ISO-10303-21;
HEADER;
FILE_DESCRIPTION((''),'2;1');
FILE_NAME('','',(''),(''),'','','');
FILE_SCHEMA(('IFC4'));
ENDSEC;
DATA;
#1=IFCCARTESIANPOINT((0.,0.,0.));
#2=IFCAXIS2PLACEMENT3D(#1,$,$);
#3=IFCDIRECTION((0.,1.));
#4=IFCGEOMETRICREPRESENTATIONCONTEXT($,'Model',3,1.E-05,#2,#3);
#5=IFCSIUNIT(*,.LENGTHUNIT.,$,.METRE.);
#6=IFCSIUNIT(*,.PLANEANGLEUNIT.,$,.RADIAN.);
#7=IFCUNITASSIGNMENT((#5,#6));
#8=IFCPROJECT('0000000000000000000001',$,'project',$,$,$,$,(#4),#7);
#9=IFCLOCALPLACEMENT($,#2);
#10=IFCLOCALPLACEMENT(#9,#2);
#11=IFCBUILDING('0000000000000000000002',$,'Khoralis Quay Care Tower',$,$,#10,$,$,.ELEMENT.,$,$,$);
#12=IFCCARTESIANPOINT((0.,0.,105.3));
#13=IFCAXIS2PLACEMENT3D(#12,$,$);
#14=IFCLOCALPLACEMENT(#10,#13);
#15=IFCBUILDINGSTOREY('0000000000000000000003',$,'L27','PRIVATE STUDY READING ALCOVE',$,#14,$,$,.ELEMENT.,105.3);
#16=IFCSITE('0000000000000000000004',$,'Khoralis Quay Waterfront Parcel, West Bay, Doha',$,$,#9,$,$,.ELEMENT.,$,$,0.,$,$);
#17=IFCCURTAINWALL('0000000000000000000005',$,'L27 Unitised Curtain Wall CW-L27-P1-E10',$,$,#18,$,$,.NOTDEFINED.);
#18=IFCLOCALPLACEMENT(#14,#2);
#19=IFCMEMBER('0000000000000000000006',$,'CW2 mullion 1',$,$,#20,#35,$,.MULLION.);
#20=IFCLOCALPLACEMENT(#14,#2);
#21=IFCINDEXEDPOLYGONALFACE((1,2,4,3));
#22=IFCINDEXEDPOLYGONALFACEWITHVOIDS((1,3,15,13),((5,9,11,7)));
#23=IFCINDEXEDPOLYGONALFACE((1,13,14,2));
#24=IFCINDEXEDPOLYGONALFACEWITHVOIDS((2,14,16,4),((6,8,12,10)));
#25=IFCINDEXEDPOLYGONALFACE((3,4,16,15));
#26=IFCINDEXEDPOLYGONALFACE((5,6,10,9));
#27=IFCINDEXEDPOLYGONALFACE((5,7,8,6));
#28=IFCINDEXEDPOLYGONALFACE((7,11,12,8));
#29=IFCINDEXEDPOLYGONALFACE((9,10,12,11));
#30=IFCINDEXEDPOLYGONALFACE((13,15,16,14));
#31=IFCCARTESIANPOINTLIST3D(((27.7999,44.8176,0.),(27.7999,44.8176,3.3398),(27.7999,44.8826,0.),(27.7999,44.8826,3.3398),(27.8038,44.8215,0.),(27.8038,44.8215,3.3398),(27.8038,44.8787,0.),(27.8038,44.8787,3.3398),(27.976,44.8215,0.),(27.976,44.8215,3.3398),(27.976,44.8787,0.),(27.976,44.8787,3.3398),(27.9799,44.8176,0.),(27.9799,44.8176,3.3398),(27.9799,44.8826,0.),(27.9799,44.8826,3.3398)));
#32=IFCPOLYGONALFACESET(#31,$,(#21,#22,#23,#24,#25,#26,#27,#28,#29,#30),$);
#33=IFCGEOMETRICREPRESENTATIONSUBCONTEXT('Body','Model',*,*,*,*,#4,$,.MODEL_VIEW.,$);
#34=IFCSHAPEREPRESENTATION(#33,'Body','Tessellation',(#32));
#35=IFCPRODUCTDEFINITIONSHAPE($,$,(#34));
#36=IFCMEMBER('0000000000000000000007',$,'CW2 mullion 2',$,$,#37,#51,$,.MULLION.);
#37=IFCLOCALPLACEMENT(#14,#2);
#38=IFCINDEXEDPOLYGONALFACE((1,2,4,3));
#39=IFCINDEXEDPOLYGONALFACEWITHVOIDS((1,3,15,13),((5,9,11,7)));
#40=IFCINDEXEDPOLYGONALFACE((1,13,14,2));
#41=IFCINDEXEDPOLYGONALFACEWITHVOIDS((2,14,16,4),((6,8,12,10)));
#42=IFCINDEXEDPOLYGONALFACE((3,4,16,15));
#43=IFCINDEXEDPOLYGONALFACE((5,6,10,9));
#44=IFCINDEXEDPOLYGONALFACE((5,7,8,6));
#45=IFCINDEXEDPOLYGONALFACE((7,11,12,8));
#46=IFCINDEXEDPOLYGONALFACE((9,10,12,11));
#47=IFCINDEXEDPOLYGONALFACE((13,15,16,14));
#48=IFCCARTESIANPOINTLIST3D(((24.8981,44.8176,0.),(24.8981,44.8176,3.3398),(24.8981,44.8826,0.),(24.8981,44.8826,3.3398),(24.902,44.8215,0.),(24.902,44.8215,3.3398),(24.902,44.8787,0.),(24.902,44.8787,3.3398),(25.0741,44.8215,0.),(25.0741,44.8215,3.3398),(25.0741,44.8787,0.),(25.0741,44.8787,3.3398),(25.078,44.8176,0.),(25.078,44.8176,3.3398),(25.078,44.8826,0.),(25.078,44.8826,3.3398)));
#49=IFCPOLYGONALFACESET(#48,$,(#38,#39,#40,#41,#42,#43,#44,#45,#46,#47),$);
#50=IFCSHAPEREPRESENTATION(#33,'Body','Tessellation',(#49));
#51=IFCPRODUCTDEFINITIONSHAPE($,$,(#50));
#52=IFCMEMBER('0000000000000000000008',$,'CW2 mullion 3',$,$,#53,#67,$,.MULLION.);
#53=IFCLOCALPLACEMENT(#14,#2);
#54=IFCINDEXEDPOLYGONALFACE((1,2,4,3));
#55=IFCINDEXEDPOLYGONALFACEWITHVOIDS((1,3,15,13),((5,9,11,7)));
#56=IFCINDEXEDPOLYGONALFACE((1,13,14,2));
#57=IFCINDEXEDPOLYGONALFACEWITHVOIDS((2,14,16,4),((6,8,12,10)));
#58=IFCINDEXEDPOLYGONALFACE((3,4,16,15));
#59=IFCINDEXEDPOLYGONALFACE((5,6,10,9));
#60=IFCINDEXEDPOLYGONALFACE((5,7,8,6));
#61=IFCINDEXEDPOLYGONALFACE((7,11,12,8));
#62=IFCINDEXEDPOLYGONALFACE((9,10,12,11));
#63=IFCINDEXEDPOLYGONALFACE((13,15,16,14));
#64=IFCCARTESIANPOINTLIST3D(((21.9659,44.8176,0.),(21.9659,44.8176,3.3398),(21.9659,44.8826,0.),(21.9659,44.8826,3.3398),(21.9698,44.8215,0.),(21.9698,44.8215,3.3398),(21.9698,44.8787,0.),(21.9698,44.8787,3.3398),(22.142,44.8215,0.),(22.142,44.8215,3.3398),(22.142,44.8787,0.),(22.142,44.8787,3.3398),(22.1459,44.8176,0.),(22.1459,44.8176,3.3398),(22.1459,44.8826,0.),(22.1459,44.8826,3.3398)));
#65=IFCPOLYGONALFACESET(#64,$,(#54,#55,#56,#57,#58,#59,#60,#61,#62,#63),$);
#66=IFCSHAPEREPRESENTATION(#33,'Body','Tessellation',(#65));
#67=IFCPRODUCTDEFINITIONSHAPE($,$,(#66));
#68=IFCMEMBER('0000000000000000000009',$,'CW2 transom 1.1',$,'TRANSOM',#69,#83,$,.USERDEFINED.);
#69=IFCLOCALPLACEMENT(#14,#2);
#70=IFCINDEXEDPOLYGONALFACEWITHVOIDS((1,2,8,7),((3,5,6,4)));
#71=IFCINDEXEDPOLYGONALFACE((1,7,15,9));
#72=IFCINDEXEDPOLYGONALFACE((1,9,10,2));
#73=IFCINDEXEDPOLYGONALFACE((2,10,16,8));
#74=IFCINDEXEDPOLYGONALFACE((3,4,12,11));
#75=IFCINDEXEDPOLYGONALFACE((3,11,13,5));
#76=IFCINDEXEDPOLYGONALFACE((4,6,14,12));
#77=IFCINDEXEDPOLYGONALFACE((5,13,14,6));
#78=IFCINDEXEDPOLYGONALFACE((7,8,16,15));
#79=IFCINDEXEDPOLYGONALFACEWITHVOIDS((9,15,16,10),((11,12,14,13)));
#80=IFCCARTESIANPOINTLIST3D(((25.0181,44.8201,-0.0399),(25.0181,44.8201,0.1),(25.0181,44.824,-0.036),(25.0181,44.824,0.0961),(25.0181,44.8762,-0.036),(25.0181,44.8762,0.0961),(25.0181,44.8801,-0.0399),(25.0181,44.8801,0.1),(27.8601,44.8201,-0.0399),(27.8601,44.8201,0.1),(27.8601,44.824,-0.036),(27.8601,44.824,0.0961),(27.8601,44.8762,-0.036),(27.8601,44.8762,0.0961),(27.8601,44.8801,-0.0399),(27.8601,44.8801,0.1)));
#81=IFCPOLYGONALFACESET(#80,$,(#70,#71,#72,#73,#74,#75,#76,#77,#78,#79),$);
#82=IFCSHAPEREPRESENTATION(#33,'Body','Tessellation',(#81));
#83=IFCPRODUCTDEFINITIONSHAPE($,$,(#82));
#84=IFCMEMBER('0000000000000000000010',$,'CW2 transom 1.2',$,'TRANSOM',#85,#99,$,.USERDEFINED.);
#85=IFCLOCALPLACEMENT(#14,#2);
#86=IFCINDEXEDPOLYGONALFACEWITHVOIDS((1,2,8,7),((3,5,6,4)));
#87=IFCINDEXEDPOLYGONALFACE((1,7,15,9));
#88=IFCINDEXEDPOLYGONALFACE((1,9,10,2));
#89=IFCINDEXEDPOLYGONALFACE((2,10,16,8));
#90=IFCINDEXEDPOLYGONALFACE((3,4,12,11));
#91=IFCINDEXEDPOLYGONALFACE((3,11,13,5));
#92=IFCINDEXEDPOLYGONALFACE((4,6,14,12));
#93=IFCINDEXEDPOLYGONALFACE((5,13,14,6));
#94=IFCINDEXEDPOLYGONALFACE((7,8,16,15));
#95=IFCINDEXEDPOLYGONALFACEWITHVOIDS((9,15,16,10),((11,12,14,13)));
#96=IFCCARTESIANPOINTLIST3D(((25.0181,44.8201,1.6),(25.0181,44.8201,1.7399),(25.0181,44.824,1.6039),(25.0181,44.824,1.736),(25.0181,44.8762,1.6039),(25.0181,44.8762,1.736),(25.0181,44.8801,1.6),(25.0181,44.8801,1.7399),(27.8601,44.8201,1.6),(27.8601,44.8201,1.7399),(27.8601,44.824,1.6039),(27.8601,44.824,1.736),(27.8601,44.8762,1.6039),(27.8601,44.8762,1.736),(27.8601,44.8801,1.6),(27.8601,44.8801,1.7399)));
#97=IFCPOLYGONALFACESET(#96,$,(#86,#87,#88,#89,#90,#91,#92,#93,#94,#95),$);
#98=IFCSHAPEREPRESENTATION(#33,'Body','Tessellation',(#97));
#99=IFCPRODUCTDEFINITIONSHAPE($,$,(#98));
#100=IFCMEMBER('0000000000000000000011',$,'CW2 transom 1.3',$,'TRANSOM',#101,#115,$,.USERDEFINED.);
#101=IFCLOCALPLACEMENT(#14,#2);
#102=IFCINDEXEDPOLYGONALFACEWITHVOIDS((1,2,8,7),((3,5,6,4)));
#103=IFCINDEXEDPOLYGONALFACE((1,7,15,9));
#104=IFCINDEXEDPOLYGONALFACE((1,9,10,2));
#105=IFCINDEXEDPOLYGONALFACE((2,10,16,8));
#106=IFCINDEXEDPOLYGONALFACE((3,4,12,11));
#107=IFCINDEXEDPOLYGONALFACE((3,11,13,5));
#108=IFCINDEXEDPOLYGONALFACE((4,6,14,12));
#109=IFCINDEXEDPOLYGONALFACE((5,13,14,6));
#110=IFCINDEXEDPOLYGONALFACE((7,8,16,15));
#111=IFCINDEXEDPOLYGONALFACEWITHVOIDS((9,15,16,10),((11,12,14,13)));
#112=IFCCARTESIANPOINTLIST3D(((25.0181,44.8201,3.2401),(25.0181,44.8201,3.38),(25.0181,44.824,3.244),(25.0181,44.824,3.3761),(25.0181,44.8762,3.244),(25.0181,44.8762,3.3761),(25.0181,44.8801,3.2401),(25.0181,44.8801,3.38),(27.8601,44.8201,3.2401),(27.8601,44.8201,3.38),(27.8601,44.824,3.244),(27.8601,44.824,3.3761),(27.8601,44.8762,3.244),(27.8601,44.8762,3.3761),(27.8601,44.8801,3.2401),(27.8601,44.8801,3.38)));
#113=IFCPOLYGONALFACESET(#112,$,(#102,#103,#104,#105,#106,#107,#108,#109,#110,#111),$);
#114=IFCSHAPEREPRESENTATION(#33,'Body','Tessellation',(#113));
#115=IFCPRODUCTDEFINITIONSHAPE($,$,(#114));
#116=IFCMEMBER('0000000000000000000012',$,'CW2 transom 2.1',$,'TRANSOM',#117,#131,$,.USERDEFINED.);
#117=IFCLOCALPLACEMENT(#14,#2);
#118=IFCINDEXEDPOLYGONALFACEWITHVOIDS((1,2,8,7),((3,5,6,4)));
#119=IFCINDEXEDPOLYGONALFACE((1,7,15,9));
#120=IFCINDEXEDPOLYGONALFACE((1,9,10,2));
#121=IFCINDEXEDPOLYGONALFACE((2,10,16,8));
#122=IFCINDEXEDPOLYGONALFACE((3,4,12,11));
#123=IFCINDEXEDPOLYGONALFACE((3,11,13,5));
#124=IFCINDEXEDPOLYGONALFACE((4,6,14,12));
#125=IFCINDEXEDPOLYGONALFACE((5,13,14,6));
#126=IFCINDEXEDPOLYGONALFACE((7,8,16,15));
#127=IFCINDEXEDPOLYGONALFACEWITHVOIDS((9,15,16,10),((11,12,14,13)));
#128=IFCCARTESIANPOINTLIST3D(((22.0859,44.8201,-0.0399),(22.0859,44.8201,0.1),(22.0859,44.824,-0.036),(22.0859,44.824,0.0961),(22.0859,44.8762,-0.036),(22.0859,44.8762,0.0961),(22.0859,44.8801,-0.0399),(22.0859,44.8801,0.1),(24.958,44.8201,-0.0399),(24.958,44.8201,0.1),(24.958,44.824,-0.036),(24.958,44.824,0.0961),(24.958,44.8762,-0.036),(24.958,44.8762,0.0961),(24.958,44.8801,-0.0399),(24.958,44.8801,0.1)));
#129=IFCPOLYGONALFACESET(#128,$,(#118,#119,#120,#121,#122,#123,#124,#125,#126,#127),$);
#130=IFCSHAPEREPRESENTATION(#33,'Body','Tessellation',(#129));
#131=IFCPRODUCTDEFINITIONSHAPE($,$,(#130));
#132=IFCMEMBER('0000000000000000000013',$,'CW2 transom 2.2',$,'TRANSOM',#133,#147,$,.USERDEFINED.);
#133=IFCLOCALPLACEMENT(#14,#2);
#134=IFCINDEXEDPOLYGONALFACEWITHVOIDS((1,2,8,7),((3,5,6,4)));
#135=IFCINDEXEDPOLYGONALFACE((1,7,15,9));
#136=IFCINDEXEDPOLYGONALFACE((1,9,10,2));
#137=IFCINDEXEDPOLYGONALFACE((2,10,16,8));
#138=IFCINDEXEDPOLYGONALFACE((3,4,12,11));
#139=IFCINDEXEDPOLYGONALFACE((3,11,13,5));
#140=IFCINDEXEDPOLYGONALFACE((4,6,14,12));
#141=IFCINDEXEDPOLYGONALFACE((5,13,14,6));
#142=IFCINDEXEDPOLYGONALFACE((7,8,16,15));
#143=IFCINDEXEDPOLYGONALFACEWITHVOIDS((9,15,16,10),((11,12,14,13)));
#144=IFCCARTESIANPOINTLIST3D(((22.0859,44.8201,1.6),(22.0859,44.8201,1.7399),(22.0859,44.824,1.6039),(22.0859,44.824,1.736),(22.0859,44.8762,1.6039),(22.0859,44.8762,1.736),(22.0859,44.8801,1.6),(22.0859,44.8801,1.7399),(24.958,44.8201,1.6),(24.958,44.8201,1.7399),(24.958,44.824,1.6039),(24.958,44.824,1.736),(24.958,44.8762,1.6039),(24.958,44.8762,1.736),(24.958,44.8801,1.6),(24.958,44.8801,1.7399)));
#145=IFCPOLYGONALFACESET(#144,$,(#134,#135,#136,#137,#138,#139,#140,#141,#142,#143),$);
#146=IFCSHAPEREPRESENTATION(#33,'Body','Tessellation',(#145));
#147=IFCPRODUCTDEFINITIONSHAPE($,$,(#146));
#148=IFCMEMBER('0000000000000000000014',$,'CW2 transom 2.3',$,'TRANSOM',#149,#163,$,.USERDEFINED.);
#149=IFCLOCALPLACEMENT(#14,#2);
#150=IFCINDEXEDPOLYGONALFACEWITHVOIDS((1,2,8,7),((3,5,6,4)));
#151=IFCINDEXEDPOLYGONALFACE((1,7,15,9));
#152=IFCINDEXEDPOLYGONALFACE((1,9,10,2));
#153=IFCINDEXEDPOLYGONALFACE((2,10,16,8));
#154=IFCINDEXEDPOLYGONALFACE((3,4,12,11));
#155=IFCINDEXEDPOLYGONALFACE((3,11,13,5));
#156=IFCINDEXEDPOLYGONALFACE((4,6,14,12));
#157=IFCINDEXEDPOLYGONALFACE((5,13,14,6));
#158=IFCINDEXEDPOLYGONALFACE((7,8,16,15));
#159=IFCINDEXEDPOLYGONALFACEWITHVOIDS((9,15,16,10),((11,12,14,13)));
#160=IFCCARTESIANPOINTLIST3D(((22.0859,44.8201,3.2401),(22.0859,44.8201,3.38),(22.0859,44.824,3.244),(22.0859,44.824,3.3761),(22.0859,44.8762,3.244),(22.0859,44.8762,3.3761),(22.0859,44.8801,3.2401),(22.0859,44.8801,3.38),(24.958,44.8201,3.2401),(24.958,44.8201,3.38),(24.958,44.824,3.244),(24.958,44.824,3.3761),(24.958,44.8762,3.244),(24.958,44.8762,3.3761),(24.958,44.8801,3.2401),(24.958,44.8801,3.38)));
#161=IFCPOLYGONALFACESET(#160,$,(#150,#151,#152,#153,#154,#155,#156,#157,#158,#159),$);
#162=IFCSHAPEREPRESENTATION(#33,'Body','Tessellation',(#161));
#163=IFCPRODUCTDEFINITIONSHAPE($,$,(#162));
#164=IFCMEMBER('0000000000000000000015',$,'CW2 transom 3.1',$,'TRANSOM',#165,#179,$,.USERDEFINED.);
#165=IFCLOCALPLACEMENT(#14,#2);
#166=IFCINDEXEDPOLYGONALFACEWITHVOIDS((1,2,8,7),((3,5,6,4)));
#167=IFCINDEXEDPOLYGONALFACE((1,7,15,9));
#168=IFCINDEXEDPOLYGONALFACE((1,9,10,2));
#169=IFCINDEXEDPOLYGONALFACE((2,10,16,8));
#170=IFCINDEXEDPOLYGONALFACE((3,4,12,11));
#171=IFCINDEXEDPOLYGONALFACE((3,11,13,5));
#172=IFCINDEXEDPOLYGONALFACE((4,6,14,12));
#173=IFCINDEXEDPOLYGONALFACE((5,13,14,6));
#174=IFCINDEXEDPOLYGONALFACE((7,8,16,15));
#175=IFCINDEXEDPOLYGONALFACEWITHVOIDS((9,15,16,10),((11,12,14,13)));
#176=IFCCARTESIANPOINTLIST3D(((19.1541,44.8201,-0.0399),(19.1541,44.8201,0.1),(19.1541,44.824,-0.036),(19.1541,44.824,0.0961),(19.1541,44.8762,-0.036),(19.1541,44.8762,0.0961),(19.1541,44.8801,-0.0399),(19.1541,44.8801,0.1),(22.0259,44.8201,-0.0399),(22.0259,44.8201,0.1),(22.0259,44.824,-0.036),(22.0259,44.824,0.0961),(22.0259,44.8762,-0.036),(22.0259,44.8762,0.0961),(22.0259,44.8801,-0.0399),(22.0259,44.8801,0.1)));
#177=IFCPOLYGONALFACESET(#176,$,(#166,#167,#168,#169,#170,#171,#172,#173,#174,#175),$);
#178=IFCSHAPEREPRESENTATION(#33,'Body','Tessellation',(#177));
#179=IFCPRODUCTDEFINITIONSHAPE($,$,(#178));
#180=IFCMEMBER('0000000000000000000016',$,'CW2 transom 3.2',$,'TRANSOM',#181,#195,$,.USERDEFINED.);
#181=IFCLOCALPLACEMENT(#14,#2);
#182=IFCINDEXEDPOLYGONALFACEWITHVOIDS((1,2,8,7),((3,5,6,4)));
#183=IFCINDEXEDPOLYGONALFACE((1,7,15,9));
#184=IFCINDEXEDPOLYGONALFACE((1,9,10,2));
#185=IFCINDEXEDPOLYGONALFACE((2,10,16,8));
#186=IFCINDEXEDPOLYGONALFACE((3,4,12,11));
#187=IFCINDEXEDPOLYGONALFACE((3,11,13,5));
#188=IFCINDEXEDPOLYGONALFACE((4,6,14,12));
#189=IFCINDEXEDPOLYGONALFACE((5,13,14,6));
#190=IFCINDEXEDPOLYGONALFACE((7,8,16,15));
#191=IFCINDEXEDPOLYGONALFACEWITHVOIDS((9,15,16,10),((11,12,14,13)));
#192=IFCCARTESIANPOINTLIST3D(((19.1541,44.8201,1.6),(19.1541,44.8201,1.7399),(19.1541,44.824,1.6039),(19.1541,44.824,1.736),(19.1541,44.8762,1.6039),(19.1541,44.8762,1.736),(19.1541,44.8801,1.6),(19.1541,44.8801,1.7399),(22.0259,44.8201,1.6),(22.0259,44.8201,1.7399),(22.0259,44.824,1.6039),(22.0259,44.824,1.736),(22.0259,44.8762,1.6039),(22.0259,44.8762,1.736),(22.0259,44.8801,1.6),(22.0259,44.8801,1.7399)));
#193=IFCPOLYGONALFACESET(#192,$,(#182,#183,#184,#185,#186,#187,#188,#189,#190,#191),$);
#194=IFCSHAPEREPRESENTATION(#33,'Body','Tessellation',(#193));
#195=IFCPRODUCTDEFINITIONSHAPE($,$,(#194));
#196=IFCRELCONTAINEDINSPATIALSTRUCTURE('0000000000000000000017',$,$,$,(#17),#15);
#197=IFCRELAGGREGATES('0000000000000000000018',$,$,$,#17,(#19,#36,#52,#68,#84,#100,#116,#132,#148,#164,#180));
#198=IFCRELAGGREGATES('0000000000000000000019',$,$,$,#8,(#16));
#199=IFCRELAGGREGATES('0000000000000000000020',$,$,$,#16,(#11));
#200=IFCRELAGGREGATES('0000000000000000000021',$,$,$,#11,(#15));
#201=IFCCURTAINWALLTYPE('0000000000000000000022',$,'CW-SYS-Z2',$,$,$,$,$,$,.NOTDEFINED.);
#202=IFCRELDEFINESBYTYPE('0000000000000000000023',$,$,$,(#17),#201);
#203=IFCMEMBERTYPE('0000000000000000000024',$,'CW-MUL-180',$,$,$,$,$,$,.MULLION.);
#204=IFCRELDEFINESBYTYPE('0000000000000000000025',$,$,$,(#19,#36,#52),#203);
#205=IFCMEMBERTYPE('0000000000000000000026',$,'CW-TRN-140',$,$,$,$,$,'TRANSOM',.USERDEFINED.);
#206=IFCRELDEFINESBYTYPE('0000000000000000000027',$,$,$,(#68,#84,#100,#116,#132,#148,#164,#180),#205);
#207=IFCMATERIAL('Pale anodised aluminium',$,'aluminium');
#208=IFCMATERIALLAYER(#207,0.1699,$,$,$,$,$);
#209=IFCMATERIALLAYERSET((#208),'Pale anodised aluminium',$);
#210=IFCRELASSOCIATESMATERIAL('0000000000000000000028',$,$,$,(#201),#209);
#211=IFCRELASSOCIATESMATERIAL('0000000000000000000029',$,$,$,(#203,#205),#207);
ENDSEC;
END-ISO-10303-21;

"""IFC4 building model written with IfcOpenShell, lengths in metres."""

from ifc_helpers import new_model, si_unit, direction, frame, origin, origin_2d, place, context, subcontext, project, spatial, hollow_rectangle, extrude, source, transform, mapped, material, layer, layer_set, material_profile, profile_set, type_object, element, aggregate, save


model = new_model("IFC4")

# Units and contexts
model_context = context("Model", 3, precision=1e-05, world=origin(), true_north=direction((0.0, 1.0)))
body_context = subcontext(model_context, "Body", "Model", "MODEL_VIEW")
ifc_project = project(units=[si_unit("LENGTHUNIT", "METRE"), si_unit("PLANEANGLEUNIT", "RADIAN")], contexts=[model_context])

# Site, building, storey
site_placement = place(None, origin())
site = spatial("IfcSite", under=ifc_project, at=site_placement, Name="Khoralis Quay Waterfront Parcel, West Bay, Doha", CompositionType="ELEMENT", RefElevation=0.0)
building_placement = place(site_placement, origin())
building = spatial("IfcBuilding", under=site, at=building_placement, Name="Khoralis Quay Care Tower", CompositionType="ELEMENT")
storey_placement = place(building_placement, frame((0.0, 0.0, 105.3)))
storey = spatial("IfcBuildingStorey", under=building, at=storey_placement, Name="L27", Description="PRIVATE STUDY READING ALCOVE", CompositionType="ELEMENT", Elevation=105.3)

# Curtain wall, members
ifc_material_1 = material(Name="Pale anodised aluminium", Category="aluminium")
ifc_layer_1 = layer(ifc_material_1, 0.1699)
ifc_layer_set_1 = layer_set([ifc_layer_1], Name="Pale anodised aluminium")
curtain_wall_type = type_object("IfcCurtainWallType", Name="CW-SYS-Z2", PredefinedType="NOTDEFINED", material=ifc_layer_set_1)
curtain_wall_placement = place(storey_placement, origin())
curtain_wall = element("IfcCurtainWall", 1, at=curtain_wall_placement, inside=storey, type_object=curtain_wall_type, Name="L27 Unitised Curtain Wall CW-L27-P1-E10", PredefinedType="NOTDEFINED")
ifc_material_profile_1 = material_profile(ifc_material_1, hollow_rectangle(XDim=0.0649, YDim=0.1799, WallThickness=0.0039, at=origin_2d()), Name="Pale anodised aluminium")
ifc_profile_set_1 = profile_set([ifc_material_profile_1], Name="Pale anodised aluminium")
member_type_1 = type_object("IfcMemberType", Name="CW-MUL-180", PredefinedType="MULLION", material=ifc_profile_set_1)
shared_shape_1 = source(origin(), body_context, "Body", "SweptSolid", [
    extrude(hollow_rectangle(XDim=0.0649, YDim=0.1799, WallThickness=0.0039, at=origin_2d()), origin(), (0.0, 0.0, 1.0), 3.3398),
])
member_1_placement = place(storey_placement, frame((27.8899, 44.8501, 0.0), z_axis=(0.0, 0.0, 1.0), x_axis=(0.0, -1.0, 0.0)))
member_1 = element("IfcMember", 2, at=member_1_placement, type_object=member_type_1, Name="CW2 mullion 1", PredefinedType="MULLION", context=body_context, shape_type="MappedRepresentation", body=[
    mapped(shared_shape_1, transform((0.0, 0.0, 0.0), scale=1.0)),
])
member_2_placement = place(storey_placement, frame((24.988, 44.8501, 0.0), z_axis=(0.0, 0.0, 1.0), x_axis=(0.0, -1.0, 0.0)))
member_2 = element("IfcMember", 3, at=member_2_placement, type_object=member_type_1, Name="CW2 mullion 2", PredefinedType="MULLION", context=body_context, shape_type="MappedRepresentation", body=[
    mapped(shared_shape_1, transform((0.0, 0.0, 0.0), scale=1.0)),
])
member_3_placement = place(storey_placement, frame((22.0559, 44.8501, 0.0), z_axis=(0.0, 0.0, 1.0), x_axis=(0.0, -1.0, 0.0)))
member_3 = element("IfcMember", 4, at=member_3_placement, type_object=member_type_1, Name="CW2 mullion 3", PredefinedType="MULLION", context=body_context, shape_type="MappedRepresentation", body=[
    mapped(shared_shape_1, transform((0.0, 0.0, 0.0), scale=1.0)),
])
ifc_material_profile_2 = material_profile(ifc_material_1, hollow_rectangle(XDim=0.0601, YDim=0.1399, WallThickness=0.0039, at=origin_2d()), Name="Pale anodised aluminium")
ifc_profile_set_2 = profile_set([ifc_material_profile_2], Name="Pale anodised aluminium")
member_type_2 = type_object("IfcMemberType", Name="CW-TRN-140", ElementType="TRANSOM", PredefinedType="USERDEFINED", material=ifc_profile_set_2)
shared_shape_2 = source(origin(), body_context, "Body", "SweptSolid", [
    extrude(hollow_rectangle(XDim=0.0601, YDim=0.1399, WallThickness=0.0039, at=origin_2d()), origin(), (0.0, 0.0, 1.0), 2.842),
])
member_4_placement = place(storey_placement, frame((27.8601, 44.8501, 0.03), z_axis=(-1.0, 0.0, 0.0), x_axis=(0.0, -1.0, 0.0)))
member_4 = element("IfcMember", 5, at=member_4_placement, type_object=member_type_2, Name="CW2 transom 1.1", ObjectType="TRANSOM", PredefinedType="USERDEFINED", context=body_context, shape_type="MappedRepresentation", body=[
    mapped(shared_shape_2, transform((0.0, 0.0, 0.0), scale=1.0)),
])
member_5_placement = place(storey_placement, frame((27.8601, 44.8501, 1.6699), z_axis=(-1.0, 0.0, 0.0), x_axis=(0.0, -1.0, 0.0)))
member_5 = element("IfcMember", 6, at=member_5_placement, type_object=member_type_2, Name="CW2 transom 1.2", ObjectType="TRANSOM", PredefinedType="USERDEFINED", context=body_context, shape_type="MappedRepresentation", body=[
    mapped(shared_shape_2, transform((0.0, 0.0, 0.0), scale=1.0)),
])
member_6_placement = place(storey_placement, frame((27.8601, 44.8501, 3.3101), z_axis=(-1.0, 0.0, 0.0), x_axis=(0.0, -1.0, 0.0)))
member_6 = element("IfcMember", 7, at=member_6_placement, type_object=member_type_2, Name="CW2 transom 1.3", ObjectType="TRANSOM", PredefinedType="USERDEFINED", context=body_context, shape_type="MappedRepresentation", body=[
    mapped(shared_shape_2, transform((0.0, 0.0, 0.0), scale=1.0)),
])
shared_shape_3 = source(origin(), body_context, "Body", "SweptSolid", [
    extrude(hollow_rectangle(XDim=0.0601, YDim=0.1399, WallThickness=0.0039, at=origin_2d()), origin(), (0.0, 0.0, 1.0), 2.8721),
])
member_7_placement = place(storey_placement, frame((24.958, 44.8501, 0.03), z_axis=(-1.0, 0.0, 0.0), x_axis=(0.0, -1.0, 0.0)))
member_7 = element("IfcMember", 8, at=member_7_placement, type_object=member_type_2, Name="CW2 transom 2.1", ObjectType="TRANSOM", PredefinedType="USERDEFINED", context=body_context, shape_type="MappedRepresentation", body=[
    mapped(shared_shape_3, transform((0.0, 0.0, 0.0), scale=1.0)),
])
member_8_placement = place(storey_placement, frame((24.958, 44.8501, 1.6699), z_axis=(-1.0, 0.0, 0.0), x_axis=(0.0, -1.0, 0.0)))
member_8 = element("IfcMember", 9, at=member_8_placement, type_object=member_type_2, Name="CW2 transom 2.2", ObjectType="TRANSOM", PredefinedType="USERDEFINED", context=body_context, shape_type="MappedRepresentation", body=[
    mapped(shared_shape_3, transform((0.0, 0.0, 0.0), scale=1.0)),
])
member_9_placement = place(storey_placement, frame((24.958, 44.8501, 3.3101), z_axis=(-1.0, 0.0, 0.0), x_axis=(0.0, -1.0, 0.0)))
member_9 = element("IfcMember", 10, at=member_9_placement, type_object=member_type_2, Name="CW2 transom 2.3", ObjectType="TRANSOM", PredefinedType="USERDEFINED", context=body_context, shape_type="MappedRepresentation", body=[
    mapped(shared_shape_3, transform((0.0, 0.0, 0.0), scale=1.0)),
])
shared_shape_4 = source(origin(), body_context, "Body", "SweptSolid", [
    extrude(hollow_rectangle(XDim=0.0601, YDim=0.1399, WallThickness=0.0039, at=origin_2d()), origin(), (0.0, 0.0, 1.0), 2.8718),
])
member_10_placement = place(storey_placement, frame((22.0259, 44.8501, 0.03), z_axis=(-1.0, 0.0, 0.0), x_axis=(0.0, -1.0, 0.0)))
member_10 = element("IfcMember", 11, at=member_10_placement, type_object=member_type_2, Name="CW2 transom 3.1", ObjectType="TRANSOM", PredefinedType="USERDEFINED", context=body_context, shape_type="MappedRepresentation", body=[
    mapped(shared_shape_4, transform((0.0, 0.0, 0.0), scale=1.0)),
])
member_11_placement = place(storey_placement, frame((22.0259, 44.8501, 1.6699), z_axis=(-1.0, 0.0, 0.0), x_axis=(0.0, -1.0, 0.0)))
member_11 = element("IfcMember", 12, at=member_11_placement, type_object=member_type_2, Name="CW2 transom 3.2", ObjectType="TRANSOM", PredefinedType="USERDEFINED", context=body_context, shape_type="MappedRepresentation", body=[
    mapped(shared_shape_4, transform((0.0, 0.0, 0.0), scale=1.0)),
])
aggregate(curtain_wall, [member_1, member_2, member_3, member_4, member_5, member_6, member_7, member_8, member_9, member_10, member_11])

save(model, "model.ifc")
